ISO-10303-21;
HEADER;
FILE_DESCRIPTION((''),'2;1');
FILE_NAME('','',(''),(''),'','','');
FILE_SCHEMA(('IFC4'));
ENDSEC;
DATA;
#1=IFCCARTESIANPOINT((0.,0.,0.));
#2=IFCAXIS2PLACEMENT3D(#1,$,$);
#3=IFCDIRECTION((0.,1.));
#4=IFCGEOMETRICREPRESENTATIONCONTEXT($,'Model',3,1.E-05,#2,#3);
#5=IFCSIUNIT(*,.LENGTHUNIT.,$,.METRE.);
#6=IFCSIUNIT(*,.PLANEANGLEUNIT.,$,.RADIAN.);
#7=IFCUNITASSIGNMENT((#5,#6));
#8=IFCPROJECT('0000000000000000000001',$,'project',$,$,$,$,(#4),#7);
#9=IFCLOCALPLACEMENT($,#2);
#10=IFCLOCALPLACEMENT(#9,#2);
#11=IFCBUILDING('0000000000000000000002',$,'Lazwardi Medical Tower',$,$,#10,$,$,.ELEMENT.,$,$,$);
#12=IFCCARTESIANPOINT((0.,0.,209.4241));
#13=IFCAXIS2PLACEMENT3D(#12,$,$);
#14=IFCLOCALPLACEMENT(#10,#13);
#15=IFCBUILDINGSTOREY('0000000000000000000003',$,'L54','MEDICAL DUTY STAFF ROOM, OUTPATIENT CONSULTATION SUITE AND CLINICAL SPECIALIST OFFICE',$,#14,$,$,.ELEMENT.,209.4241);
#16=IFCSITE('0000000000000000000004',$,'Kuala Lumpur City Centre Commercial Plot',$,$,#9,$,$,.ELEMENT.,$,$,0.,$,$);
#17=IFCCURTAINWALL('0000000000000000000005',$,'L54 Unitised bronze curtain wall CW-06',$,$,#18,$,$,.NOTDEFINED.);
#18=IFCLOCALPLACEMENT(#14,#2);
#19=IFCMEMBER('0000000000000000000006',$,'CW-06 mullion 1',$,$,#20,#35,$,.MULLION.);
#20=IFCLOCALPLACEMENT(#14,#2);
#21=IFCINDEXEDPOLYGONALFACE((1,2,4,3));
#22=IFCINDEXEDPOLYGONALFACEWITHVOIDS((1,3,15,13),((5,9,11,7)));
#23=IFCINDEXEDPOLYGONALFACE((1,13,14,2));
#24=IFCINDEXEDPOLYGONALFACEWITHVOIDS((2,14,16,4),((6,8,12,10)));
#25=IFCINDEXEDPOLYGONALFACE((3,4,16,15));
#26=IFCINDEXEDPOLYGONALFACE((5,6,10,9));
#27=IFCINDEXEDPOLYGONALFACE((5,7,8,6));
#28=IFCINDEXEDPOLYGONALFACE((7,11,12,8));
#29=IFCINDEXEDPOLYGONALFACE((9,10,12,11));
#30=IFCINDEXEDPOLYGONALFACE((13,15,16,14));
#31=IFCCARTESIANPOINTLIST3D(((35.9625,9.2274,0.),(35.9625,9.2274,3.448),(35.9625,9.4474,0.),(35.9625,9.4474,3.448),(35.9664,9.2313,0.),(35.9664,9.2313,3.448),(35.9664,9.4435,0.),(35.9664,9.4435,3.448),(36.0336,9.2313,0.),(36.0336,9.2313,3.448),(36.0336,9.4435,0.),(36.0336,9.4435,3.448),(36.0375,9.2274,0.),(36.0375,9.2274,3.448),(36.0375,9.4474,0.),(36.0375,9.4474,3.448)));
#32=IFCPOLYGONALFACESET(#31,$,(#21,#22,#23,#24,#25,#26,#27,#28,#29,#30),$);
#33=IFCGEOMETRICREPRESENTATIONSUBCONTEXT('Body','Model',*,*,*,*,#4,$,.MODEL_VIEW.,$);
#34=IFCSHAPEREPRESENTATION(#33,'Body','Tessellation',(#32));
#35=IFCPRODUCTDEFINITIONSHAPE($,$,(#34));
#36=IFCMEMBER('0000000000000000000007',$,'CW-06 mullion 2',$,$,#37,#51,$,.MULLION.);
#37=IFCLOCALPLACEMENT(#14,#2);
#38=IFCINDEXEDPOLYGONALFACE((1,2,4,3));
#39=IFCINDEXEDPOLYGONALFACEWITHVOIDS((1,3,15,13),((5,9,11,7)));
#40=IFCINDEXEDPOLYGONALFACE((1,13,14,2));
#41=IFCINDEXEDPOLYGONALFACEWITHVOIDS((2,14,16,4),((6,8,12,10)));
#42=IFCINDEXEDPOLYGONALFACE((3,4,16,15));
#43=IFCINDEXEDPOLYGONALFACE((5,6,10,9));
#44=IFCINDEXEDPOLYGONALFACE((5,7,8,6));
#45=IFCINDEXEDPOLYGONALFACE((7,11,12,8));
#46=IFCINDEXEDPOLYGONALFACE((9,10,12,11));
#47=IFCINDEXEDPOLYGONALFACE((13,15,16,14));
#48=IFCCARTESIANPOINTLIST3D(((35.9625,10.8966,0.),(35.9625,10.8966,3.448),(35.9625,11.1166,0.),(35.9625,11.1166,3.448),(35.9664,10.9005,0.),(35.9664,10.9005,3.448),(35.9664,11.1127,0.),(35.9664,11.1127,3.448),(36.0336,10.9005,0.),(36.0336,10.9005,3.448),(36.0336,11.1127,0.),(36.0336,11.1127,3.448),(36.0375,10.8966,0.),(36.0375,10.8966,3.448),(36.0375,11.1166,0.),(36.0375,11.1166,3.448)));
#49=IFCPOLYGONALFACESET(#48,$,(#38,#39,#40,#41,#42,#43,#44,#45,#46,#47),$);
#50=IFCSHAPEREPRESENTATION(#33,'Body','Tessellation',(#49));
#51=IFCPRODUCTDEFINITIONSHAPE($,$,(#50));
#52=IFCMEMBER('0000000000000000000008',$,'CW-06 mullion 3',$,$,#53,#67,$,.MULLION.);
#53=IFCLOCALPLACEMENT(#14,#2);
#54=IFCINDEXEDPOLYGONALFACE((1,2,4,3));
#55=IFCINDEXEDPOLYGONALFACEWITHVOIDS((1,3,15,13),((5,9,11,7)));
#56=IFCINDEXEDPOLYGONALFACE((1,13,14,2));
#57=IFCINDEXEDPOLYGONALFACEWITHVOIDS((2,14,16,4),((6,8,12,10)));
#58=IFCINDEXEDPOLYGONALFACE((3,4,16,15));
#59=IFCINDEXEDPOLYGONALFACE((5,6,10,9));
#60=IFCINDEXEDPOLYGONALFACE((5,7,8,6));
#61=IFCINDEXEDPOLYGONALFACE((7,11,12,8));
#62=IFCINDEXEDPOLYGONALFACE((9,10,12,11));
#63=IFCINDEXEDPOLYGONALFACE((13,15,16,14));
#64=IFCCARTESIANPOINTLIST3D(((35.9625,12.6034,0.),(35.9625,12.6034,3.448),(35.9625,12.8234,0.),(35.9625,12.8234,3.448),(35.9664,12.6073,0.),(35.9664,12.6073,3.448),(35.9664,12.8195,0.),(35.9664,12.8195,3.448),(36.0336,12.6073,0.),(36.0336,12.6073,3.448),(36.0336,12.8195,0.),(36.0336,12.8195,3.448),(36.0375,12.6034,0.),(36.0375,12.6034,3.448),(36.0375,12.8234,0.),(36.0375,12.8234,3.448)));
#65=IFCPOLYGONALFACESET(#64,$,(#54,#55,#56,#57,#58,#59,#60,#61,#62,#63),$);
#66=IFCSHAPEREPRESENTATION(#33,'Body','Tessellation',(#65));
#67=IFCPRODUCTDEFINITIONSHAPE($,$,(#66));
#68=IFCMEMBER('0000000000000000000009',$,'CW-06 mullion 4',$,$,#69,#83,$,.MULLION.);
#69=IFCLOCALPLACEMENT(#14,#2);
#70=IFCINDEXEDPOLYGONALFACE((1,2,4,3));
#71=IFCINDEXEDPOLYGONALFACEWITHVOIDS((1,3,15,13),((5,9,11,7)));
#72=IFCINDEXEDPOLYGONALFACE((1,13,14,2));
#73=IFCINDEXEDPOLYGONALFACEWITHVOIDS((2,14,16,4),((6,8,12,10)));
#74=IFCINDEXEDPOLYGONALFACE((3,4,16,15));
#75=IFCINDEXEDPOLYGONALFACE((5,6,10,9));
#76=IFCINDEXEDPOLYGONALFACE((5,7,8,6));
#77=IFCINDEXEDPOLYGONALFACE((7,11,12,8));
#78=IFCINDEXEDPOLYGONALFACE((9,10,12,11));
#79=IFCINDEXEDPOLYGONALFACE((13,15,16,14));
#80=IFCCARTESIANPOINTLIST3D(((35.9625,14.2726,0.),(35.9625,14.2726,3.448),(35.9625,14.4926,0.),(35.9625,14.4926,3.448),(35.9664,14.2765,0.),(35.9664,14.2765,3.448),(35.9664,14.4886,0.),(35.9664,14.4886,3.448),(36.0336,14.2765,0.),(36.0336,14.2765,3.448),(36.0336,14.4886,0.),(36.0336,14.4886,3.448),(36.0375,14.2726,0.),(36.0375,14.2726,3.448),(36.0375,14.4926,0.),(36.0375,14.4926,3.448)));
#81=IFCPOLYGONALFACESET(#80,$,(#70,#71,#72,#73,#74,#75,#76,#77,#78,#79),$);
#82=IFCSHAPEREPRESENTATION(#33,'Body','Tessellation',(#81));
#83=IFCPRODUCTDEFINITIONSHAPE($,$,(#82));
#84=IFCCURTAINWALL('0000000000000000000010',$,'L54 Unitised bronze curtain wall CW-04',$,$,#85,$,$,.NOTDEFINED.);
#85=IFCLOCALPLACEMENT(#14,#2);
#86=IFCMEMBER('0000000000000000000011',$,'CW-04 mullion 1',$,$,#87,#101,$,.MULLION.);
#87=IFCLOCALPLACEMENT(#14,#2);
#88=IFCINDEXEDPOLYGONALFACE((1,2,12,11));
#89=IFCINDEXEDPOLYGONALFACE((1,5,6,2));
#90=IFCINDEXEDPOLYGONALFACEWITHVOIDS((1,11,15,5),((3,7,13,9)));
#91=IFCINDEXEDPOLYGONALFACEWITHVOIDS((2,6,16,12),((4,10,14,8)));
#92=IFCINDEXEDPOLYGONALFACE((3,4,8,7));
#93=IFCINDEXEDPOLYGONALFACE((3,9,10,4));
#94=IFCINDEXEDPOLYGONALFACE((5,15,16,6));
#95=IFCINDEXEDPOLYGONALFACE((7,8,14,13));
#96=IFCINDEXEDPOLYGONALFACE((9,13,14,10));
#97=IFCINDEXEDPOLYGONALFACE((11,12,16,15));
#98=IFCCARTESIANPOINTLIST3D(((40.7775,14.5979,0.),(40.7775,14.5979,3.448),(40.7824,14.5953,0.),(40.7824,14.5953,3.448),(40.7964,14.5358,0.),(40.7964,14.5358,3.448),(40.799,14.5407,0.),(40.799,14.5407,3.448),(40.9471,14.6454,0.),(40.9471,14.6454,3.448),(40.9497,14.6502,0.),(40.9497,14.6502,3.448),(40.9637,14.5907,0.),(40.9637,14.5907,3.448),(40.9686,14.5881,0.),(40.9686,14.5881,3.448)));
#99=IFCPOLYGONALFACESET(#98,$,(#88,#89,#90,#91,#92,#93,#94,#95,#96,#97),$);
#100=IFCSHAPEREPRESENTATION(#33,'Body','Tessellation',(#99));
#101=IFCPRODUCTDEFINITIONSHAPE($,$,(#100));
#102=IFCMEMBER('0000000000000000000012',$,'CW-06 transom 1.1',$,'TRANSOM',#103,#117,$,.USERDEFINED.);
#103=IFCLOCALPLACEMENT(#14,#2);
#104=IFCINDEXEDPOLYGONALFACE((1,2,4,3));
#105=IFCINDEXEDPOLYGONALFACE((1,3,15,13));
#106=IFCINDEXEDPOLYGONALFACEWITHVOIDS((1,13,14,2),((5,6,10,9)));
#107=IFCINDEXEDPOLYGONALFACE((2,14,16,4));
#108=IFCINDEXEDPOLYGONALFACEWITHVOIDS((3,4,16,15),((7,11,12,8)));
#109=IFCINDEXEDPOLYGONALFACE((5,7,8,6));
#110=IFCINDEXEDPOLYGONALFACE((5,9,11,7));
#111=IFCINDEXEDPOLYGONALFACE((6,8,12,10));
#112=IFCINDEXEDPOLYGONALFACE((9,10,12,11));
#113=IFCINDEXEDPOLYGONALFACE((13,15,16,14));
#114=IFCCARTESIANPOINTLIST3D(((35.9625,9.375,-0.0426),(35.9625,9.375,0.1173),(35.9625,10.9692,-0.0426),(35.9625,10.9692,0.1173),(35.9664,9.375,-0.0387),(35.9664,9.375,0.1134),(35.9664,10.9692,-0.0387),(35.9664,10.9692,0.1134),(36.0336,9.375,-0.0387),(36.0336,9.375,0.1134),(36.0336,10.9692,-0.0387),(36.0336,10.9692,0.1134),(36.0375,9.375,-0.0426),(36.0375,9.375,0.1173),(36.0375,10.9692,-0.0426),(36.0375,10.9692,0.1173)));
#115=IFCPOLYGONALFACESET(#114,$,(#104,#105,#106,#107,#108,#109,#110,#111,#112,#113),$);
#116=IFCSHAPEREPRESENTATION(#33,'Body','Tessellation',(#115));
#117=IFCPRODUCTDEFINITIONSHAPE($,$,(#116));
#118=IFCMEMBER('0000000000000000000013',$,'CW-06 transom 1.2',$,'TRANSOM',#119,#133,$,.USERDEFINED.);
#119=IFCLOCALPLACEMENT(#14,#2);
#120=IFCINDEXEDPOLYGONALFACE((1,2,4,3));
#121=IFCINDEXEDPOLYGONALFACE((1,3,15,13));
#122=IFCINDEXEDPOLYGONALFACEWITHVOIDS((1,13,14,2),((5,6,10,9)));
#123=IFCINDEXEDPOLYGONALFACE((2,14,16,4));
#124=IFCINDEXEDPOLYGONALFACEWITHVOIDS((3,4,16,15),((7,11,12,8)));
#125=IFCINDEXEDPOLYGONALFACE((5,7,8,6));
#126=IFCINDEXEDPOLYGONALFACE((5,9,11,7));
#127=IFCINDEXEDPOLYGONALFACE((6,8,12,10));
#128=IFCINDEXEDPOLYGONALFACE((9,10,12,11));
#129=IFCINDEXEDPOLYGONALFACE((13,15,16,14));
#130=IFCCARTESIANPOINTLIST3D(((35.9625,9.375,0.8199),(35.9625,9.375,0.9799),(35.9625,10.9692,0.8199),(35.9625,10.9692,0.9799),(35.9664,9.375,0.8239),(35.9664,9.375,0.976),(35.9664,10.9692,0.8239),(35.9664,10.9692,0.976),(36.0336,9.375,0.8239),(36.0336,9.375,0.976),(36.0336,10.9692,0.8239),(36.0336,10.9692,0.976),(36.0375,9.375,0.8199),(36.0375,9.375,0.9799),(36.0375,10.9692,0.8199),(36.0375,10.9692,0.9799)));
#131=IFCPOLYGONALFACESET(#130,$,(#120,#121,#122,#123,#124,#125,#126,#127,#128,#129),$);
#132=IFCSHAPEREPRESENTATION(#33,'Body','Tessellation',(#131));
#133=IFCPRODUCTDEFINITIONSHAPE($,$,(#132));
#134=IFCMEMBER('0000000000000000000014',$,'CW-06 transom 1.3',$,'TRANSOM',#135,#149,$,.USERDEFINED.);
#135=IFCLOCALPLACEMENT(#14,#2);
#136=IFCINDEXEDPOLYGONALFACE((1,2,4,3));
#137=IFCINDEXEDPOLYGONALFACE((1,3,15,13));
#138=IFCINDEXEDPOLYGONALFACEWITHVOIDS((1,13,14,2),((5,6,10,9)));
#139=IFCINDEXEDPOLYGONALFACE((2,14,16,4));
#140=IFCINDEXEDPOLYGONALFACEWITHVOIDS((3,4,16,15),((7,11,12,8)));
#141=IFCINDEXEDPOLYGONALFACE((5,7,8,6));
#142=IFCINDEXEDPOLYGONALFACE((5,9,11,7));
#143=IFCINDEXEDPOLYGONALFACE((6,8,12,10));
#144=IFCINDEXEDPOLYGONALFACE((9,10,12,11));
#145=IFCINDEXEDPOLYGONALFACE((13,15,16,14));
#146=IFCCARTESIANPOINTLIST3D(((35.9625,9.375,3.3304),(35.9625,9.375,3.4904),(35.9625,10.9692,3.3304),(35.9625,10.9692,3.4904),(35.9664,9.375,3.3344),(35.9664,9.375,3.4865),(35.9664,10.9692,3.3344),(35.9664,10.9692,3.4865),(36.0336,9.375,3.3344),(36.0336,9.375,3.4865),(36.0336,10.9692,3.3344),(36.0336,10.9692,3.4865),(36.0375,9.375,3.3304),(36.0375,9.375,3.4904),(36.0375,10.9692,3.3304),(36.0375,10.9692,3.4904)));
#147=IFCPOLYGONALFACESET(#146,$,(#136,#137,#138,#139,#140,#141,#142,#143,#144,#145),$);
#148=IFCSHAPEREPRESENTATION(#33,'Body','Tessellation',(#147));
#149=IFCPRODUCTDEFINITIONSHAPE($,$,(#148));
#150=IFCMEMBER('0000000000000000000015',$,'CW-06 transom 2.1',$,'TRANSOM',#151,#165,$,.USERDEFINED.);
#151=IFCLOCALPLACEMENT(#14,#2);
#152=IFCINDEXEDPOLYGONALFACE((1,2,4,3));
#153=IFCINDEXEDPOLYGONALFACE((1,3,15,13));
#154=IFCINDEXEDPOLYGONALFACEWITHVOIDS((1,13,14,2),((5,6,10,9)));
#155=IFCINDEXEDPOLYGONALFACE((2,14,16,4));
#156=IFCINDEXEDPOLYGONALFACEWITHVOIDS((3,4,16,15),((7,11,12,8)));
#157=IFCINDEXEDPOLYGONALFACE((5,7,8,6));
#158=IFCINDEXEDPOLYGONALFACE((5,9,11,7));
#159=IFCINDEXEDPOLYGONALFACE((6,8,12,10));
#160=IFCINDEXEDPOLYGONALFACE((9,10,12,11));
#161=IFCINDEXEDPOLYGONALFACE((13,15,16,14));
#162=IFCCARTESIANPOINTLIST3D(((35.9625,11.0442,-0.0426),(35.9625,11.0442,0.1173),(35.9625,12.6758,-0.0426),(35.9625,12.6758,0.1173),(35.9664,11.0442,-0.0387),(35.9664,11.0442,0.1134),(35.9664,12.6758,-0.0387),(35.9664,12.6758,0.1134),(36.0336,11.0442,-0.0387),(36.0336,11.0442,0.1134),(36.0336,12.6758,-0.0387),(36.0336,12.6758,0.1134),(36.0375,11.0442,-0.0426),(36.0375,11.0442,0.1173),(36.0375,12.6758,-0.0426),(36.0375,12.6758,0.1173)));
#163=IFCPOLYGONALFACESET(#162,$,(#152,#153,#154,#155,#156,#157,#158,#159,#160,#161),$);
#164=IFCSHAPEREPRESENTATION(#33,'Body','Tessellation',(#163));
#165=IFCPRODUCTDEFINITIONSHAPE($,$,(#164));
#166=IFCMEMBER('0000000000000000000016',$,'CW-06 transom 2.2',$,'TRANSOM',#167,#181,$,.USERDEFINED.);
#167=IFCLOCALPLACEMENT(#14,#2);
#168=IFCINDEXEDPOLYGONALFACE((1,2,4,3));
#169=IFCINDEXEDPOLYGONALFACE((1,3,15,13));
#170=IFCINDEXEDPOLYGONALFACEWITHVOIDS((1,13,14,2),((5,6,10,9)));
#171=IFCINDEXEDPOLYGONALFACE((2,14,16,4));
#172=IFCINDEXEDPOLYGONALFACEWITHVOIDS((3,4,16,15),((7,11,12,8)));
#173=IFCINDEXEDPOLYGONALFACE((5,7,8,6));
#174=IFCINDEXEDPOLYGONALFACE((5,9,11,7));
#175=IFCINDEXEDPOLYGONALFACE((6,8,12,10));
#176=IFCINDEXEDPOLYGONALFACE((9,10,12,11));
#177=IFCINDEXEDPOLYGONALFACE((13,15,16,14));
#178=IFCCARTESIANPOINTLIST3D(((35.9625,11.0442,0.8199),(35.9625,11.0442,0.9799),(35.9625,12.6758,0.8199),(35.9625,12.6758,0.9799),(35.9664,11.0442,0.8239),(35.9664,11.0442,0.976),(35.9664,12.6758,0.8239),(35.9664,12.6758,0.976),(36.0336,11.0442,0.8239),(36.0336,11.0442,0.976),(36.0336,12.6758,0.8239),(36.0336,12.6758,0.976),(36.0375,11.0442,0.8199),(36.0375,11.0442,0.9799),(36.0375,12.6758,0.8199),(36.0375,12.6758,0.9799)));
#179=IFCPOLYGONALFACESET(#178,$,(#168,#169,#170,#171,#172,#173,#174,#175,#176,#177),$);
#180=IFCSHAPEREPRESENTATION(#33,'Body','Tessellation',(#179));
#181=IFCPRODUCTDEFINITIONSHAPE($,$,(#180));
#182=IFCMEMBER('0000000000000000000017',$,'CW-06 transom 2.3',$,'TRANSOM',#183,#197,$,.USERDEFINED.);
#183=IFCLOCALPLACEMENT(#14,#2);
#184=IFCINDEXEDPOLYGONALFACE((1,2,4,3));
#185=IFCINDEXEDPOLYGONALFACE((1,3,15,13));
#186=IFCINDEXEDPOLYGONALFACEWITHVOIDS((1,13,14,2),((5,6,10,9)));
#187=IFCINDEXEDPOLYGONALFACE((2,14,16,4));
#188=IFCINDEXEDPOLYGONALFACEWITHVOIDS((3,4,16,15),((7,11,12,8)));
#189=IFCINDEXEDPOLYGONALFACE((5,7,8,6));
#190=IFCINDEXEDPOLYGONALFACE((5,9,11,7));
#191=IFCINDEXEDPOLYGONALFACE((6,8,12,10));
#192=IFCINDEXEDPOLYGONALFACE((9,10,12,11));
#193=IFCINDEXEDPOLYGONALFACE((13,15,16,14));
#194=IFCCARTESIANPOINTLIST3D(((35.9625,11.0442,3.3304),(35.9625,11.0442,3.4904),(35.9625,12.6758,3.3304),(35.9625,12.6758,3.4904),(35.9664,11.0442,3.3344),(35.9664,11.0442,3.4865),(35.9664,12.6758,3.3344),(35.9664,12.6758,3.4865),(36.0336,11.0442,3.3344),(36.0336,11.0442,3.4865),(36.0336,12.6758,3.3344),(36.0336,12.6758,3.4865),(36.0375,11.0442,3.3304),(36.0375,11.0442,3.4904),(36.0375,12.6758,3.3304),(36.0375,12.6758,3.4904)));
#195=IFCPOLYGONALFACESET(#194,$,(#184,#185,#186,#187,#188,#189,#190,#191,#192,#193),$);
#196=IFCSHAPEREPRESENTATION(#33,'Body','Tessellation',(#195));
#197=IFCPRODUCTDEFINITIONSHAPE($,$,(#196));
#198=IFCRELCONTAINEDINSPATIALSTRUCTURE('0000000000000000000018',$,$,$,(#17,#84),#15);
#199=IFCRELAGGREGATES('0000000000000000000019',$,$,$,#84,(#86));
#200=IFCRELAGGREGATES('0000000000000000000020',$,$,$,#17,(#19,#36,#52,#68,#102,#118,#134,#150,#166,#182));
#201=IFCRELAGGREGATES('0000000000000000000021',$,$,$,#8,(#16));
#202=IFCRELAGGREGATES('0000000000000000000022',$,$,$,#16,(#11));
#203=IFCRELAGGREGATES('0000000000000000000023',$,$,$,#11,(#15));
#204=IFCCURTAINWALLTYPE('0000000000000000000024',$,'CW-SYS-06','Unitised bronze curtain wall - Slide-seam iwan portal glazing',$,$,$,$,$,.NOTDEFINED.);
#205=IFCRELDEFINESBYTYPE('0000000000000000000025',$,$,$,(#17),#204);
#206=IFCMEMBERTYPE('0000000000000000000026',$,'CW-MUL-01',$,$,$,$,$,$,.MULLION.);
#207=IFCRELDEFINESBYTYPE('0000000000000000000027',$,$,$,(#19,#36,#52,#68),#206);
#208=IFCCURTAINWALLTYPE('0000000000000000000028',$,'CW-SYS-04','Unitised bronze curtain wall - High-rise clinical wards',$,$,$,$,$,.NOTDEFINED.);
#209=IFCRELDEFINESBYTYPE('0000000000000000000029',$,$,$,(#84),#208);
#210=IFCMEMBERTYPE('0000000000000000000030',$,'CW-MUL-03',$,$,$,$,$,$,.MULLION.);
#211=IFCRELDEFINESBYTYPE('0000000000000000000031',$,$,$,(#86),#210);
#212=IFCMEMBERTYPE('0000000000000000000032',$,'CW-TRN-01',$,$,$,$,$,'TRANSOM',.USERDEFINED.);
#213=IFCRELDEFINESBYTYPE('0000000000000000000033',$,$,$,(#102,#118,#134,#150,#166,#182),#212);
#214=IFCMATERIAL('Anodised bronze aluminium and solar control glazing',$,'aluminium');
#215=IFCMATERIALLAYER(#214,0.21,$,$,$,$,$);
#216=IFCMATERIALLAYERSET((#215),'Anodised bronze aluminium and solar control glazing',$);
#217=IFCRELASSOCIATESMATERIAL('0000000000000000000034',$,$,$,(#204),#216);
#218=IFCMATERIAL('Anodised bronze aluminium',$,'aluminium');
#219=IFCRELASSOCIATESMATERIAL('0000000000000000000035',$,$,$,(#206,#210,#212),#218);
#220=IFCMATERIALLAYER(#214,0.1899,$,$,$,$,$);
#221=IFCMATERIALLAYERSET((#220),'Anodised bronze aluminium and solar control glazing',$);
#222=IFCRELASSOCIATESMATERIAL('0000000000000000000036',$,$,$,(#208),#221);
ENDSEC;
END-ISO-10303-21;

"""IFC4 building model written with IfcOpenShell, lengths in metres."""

from ifc_helpers import new_model, si_unit, direction, frame, origin, origin_2d, place, context, subcontext, project, spatial, hollow_rectangle, extrude, material, layer, layer_set, material_profile, profile_set, type_object, element, aggregate, save


model = new_model("IFC4")

# Units and contexts
model_context = context("Model", 3, precision=1e-05, world=origin(), true_north=direction((0.0, 1.0)))
body_context = subcontext(model_context, "Body", "Model", "MODEL_VIEW")
ifc_project = project(units=[si_unit("LENGTHUNIT", "METRE"), si_unit("PLANEANGLEUNIT", "RADIAN")], contexts=[model_context])

# Site, building, storey
site_placement = place(None, origin())
site = spatial("IfcSite", under=ifc_project, at=site_placement, Name="Kuala Lumpur City Centre Commercial Plot", CompositionType="ELEMENT", RefElevation=0.0)
building_placement = place(site_placement, origin())
building = spatial("IfcBuilding", under=site, at=building_placement, Name="Lazwardi Medical Tower", CompositionType="ELEMENT")
storey_placement = place(building_placement, frame((0.0, 0.0, 209.4241)))
storey = spatial("IfcBuildingStorey", under=building, at=storey_placement, Name="L54", Description="MEDICAL DUTY STAFF ROOM, OUTPATIENT CONSULTATION SUITE AND CLINICAL SPECIALIST OFFICE", CompositionType="ELEMENT", Elevation=209.4241)

# Curtain wall, members
ifc_material_1 = material(Name="Anodised bronze aluminium and solar control glazing", Category="aluminium")
ifc_layer_1 = layer(ifc_material_1, 0.21)
ifc_layer_set_1 = layer_set([ifc_layer_1], Name="Anodised bronze aluminium and solar control glazing")
curtain_wall_type_1 = type_object("IfcCurtainWallType", Name="CW-SYS-06", Description="Unitised bronze curtain wall - Slide-seam iwan portal glazing", PredefinedType="NOTDEFINED", material=ifc_layer_set_1)
curtain_wall_1_placement = place(storey_placement, origin())
curtain_wall_1 = element("IfcCurtainWall", 1, at=curtain_wall_1_placement, inside=storey, type_object=curtain_wall_type_1, Name="L54 Unitised bronze curtain wall CW-06", PredefinedType="NOTDEFINED")
ifc_material_2 = material(Name="Anodised bronze aluminium", Category="aluminium")
ifc_material_profile_1 = material_profile(ifc_material_2, hollow_rectangle(XDim=0.075, YDim=0.22, WallThickness=0.0039, at=origin_2d()), Name="ALU-MULLION 220x75x4")
ifc_profile_set_1 = profile_set([ifc_material_profile_1], Name="Anodised bronze aluminium")
member_type_1 = type_object("IfcMemberType", Name="CW-MUL-01", PredefinedType="MULLION", material=ifc_profile_set_1)
member_1_placement = place(storey_placement, frame((36.0, 9.3374, 0.0), z_axis=(0.0, 0.0, 1.0), x_axis=(-1.0, 0.0, 0.0)))
member_1 = element("IfcMember", 2, at=member_1_placement, type_object=member_type_1, Name="CW-06 mullion 1", PredefinedType="MULLION", context=body_context, shape_type="SweptSolid", body=[
    extrude(hollow_rectangle(XDim=0.075, YDim=0.22, WallThickness=0.0039, at=origin_2d()), origin(), (0.0, 0.0, 1.0), 3.448),
])
member_2_placement = place(storey_placement, frame((36.0, 11.0066, 0.0), z_axis=(0.0, 0.0, 1.0), x_axis=(-1.0, 0.0, 0.0)))
member_2 = element("IfcMember", 3, at=member_2_placement, type_object=member_type_1, Name="CW-06 mullion 2", PredefinedType="MULLION", context=body_context, shape_type="SweptSolid", body=[
    extrude(hollow_rectangle(XDim=0.075, YDim=0.22, WallThickness=0.0039, at=origin_2d()), origin(), (0.0, 0.0, 1.0), 3.448),
])
member_3_placement = place(storey_placement, frame((36.0, 12.7134, 0.0), z_axis=(0.0, 0.0, 1.0), x_axis=(-1.0, 0.0, 0.0)))
member_3 = element("IfcMember", 4, at=member_3_placement, type_object=member_type_1, Name="CW-06 mullion 3", PredefinedType="MULLION", context=body_context, shape_type="SweptSolid", body=[
    extrude(hollow_rectangle(XDim=0.075, YDim=0.22, WallThickness=0.0039, at=origin_2d()), origin(), (0.0, 0.0, 1.0), 3.448),
])
member_4_placement = place(storey_placement, frame((36.0, 14.3826, 0.0), z_axis=(0.0, 0.0, 1.0), x_axis=(-1.0, 0.0, 0.0)))
member_4 = element("IfcMember", 5, at=member_4_placement, type_object=member_type_1, Name="CW-06 mullion 4", PredefinedType="MULLION", context=body_context, shape_type="SweptSolid", body=[
    extrude(hollow_rectangle(XDim=0.075, YDim=0.22, WallThickness=0.0039, at=origin_2d()), origin(), (0.0, 0.0, 1.0), 3.448),
])

# Curtain wall, member
ifc_layer_2 = layer(ifc_material_1, 0.1899)
ifc_layer_set_2 = layer_set([ifc_layer_2], Name="Anodised bronze aluminium and solar control glazing")
curtain_wall_type_2 = type_object("IfcCurtainWallType", Name="CW-SYS-04", Description="Unitised bronze curtain wall - High-rise clinical wards", PredefinedType="NOTDEFINED", material=ifc_layer_set_2)
curtain_wall_2_placement = place(storey_placement, origin())
curtain_wall_2 = element("IfcCurtainWall", 6, at=curtain_wall_2_placement, inside=storey, type_object=curtain_wall_type_2, Name="L54 Unitised bronze curtain wall CW-04", PredefinedType="NOTDEFINED")
ifc_material_profile_2 = material_profile(ifc_material_2, hollow_rectangle(XDim=0.0649, YDim=0.1799, WallThickness=0.0039, at=origin_2d()), Name="ALU-MULLION 180x65x4")
ifc_profile_set_2 = profile_set([ifc_material_profile_2], Name="Anodised bronze aluminium")
member_type_2 = type_object("IfcMemberType", Name="CW-MUL-03", PredefinedType="MULLION", material=ifc_profile_set_2)
member_5_placement = place(storey_placement, frame((40.873, 14.593, 0.0), z_axis=(0.0, 0.0, 1.0), x_axis=(-0.290582, 0.95685, 0.0)))
member_5 = element("IfcMember", 7, at=member_5_placement, type_object=member_type_2, Name="CW-04 mullion 1", PredefinedType="MULLION", context=body_context, shape_type="SweptSolid", body=[
    extrude(hollow_rectangle(XDim=0.0649, YDim=0.1799, WallThickness=0.0039, at=origin_2d()), origin(), (0.0, 0.0, 1.0), 3.448),
])
aggregate(curtain_wall_2, [member_5])

# Members
ifc_material_profile_3 = material_profile(ifc_material_2, hollow_rectangle(XDim=0.075, YDim=0.1599, WallThickness=0.0039, at=origin_2d()), Name="ALU-TRANSOM 160x75x4")
ifc_profile_set_3 = profile_set([ifc_material_profile_3], Name="Anodised bronze aluminium")
member_type_3 = type_object("IfcMemberType", Name="CW-TRN-01", ElementType="TRANSOM", PredefinedType="USERDEFINED", material=ifc_profile_set_3)
member_6_placement = place(storey_placement, frame((36.0, 9.375, 0.0374), z_axis=(0.0, 1.0, 0.0), x_axis=(-1.0, 0.0, 0.0)))
member_6 = element("IfcMember", 8, at=member_6_placement, type_object=member_type_3, Name="CW-06 transom 1.1", ObjectType="TRANSOM", PredefinedType="USERDEFINED", context=body_context, shape_type="SweptSolid", body=[
    extrude(hollow_rectangle(XDim=0.075, YDim=0.1599, WallThickness=0.0039, at=origin_2d()), origin(), (0.0, 0.0, 1.0), 1.5942),
])
member_7_placement = place(storey_placement, frame((36.0, 9.375, 0.8999), z_axis=(0.0, 1.0, 0.0), x_axis=(-1.0, 0.0, 0.0)))
member_7 = element("IfcMember", 9, at=member_7_placement, type_object=member_type_3, Name="CW-06 transom 1.2", ObjectType="TRANSOM", PredefinedType="USERDEFINED", context=body_context, shape_type="SweptSolid", body=[
    extrude(hollow_rectangle(XDim=0.075, YDim=0.1599, WallThickness=0.0039, at=origin_2d()), origin(), (0.0, 0.0, 1.0), 1.5942),
])
member_8_placement = place(storey_placement, frame((36.0, 9.375, 3.4104), z_axis=(0.0, 1.0, 0.0), x_axis=(-1.0, 0.0, 0.0)))
member_8 = element("IfcMember", 10, at=member_8_placement, type_object=member_type_3, Name="CW-06 transom 1.3", ObjectType="TRANSOM", PredefinedType="USERDEFINED", context=body_context, shape_type="SweptSolid", body=[
    extrude(hollow_rectangle(XDim=0.075, YDim=0.1599, WallThickness=0.0039, at=origin_2d()), origin(), (0.0, 0.0, 1.0), 1.5942),
])
member_9_placement = place(storey_placement, frame((36.0, 11.0442, 0.0374), z_axis=(0.0, 1.0, 0.0), x_axis=(-1.0, 0.0, 0.0)))
member_9 = element("IfcMember", 11, at=member_9_placement, type_object=member_type_3, Name="CW-06 transom 2.1", ObjectType="TRANSOM", PredefinedType="USERDEFINED", context=body_context, shape_type="SweptSolid", body=[
    extrude(hollow_rectangle(XDim=0.075, YDim=0.1599, WallThickness=0.0039, at=origin_2d()), origin(), (0.0, 0.0, 1.0), 1.6316),
])
member_10_placement = place(storey_placement, frame((36.0, 11.0442, 0.8999), z_axis=(0.0, 1.0, 0.0), x_axis=(-1.0, 0.0, 0.0)))
member_10 = element("IfcMember", 12, at=member_10_placement, type_object=member_type_3, Name="CW-06 transom 2.2", ObjectType="TRANSOM", PredefinedType="USERDEFINED", context=body_context, shape_type="SweptSolid", body=[
    extrude(hollow_rectangle(XDim=0.075, YDim=0.1599, WallThickness=0.0039, at=origin_2d()), origin(), (0.0, 0.0, 1.0), 1.6316),
])
member_11_placement = place(storey_placement, frame((36.0, 11.0442, 3.4104), z_axis=(0.0, 1.0, 0.0), x_axis=(-1.0, 0.0, 0.0)))
member_11 = element("IfcMember", 13, at=member_11_placement, type_object=member_type_3, Name="CW-06 transom 2.3", ObjectType="TRANSOM", PredefinedType="USERDEFINED", context=body_context, shape_type="SweptSolid", body=[
    extrude(hollow_rectangle(XDim=0.075, YDim=0.1599, WallThickness=0.0039, at=origin_2d()), origin(), (0.0, 0.0, 1.0), 1.6316),
])

aggregate(curtain_wall_1, [member_1, member_2, member_3, member_4, member_6, member_7, member_8, member_9, member_10, member_11])

save(model, "model.ifc")
